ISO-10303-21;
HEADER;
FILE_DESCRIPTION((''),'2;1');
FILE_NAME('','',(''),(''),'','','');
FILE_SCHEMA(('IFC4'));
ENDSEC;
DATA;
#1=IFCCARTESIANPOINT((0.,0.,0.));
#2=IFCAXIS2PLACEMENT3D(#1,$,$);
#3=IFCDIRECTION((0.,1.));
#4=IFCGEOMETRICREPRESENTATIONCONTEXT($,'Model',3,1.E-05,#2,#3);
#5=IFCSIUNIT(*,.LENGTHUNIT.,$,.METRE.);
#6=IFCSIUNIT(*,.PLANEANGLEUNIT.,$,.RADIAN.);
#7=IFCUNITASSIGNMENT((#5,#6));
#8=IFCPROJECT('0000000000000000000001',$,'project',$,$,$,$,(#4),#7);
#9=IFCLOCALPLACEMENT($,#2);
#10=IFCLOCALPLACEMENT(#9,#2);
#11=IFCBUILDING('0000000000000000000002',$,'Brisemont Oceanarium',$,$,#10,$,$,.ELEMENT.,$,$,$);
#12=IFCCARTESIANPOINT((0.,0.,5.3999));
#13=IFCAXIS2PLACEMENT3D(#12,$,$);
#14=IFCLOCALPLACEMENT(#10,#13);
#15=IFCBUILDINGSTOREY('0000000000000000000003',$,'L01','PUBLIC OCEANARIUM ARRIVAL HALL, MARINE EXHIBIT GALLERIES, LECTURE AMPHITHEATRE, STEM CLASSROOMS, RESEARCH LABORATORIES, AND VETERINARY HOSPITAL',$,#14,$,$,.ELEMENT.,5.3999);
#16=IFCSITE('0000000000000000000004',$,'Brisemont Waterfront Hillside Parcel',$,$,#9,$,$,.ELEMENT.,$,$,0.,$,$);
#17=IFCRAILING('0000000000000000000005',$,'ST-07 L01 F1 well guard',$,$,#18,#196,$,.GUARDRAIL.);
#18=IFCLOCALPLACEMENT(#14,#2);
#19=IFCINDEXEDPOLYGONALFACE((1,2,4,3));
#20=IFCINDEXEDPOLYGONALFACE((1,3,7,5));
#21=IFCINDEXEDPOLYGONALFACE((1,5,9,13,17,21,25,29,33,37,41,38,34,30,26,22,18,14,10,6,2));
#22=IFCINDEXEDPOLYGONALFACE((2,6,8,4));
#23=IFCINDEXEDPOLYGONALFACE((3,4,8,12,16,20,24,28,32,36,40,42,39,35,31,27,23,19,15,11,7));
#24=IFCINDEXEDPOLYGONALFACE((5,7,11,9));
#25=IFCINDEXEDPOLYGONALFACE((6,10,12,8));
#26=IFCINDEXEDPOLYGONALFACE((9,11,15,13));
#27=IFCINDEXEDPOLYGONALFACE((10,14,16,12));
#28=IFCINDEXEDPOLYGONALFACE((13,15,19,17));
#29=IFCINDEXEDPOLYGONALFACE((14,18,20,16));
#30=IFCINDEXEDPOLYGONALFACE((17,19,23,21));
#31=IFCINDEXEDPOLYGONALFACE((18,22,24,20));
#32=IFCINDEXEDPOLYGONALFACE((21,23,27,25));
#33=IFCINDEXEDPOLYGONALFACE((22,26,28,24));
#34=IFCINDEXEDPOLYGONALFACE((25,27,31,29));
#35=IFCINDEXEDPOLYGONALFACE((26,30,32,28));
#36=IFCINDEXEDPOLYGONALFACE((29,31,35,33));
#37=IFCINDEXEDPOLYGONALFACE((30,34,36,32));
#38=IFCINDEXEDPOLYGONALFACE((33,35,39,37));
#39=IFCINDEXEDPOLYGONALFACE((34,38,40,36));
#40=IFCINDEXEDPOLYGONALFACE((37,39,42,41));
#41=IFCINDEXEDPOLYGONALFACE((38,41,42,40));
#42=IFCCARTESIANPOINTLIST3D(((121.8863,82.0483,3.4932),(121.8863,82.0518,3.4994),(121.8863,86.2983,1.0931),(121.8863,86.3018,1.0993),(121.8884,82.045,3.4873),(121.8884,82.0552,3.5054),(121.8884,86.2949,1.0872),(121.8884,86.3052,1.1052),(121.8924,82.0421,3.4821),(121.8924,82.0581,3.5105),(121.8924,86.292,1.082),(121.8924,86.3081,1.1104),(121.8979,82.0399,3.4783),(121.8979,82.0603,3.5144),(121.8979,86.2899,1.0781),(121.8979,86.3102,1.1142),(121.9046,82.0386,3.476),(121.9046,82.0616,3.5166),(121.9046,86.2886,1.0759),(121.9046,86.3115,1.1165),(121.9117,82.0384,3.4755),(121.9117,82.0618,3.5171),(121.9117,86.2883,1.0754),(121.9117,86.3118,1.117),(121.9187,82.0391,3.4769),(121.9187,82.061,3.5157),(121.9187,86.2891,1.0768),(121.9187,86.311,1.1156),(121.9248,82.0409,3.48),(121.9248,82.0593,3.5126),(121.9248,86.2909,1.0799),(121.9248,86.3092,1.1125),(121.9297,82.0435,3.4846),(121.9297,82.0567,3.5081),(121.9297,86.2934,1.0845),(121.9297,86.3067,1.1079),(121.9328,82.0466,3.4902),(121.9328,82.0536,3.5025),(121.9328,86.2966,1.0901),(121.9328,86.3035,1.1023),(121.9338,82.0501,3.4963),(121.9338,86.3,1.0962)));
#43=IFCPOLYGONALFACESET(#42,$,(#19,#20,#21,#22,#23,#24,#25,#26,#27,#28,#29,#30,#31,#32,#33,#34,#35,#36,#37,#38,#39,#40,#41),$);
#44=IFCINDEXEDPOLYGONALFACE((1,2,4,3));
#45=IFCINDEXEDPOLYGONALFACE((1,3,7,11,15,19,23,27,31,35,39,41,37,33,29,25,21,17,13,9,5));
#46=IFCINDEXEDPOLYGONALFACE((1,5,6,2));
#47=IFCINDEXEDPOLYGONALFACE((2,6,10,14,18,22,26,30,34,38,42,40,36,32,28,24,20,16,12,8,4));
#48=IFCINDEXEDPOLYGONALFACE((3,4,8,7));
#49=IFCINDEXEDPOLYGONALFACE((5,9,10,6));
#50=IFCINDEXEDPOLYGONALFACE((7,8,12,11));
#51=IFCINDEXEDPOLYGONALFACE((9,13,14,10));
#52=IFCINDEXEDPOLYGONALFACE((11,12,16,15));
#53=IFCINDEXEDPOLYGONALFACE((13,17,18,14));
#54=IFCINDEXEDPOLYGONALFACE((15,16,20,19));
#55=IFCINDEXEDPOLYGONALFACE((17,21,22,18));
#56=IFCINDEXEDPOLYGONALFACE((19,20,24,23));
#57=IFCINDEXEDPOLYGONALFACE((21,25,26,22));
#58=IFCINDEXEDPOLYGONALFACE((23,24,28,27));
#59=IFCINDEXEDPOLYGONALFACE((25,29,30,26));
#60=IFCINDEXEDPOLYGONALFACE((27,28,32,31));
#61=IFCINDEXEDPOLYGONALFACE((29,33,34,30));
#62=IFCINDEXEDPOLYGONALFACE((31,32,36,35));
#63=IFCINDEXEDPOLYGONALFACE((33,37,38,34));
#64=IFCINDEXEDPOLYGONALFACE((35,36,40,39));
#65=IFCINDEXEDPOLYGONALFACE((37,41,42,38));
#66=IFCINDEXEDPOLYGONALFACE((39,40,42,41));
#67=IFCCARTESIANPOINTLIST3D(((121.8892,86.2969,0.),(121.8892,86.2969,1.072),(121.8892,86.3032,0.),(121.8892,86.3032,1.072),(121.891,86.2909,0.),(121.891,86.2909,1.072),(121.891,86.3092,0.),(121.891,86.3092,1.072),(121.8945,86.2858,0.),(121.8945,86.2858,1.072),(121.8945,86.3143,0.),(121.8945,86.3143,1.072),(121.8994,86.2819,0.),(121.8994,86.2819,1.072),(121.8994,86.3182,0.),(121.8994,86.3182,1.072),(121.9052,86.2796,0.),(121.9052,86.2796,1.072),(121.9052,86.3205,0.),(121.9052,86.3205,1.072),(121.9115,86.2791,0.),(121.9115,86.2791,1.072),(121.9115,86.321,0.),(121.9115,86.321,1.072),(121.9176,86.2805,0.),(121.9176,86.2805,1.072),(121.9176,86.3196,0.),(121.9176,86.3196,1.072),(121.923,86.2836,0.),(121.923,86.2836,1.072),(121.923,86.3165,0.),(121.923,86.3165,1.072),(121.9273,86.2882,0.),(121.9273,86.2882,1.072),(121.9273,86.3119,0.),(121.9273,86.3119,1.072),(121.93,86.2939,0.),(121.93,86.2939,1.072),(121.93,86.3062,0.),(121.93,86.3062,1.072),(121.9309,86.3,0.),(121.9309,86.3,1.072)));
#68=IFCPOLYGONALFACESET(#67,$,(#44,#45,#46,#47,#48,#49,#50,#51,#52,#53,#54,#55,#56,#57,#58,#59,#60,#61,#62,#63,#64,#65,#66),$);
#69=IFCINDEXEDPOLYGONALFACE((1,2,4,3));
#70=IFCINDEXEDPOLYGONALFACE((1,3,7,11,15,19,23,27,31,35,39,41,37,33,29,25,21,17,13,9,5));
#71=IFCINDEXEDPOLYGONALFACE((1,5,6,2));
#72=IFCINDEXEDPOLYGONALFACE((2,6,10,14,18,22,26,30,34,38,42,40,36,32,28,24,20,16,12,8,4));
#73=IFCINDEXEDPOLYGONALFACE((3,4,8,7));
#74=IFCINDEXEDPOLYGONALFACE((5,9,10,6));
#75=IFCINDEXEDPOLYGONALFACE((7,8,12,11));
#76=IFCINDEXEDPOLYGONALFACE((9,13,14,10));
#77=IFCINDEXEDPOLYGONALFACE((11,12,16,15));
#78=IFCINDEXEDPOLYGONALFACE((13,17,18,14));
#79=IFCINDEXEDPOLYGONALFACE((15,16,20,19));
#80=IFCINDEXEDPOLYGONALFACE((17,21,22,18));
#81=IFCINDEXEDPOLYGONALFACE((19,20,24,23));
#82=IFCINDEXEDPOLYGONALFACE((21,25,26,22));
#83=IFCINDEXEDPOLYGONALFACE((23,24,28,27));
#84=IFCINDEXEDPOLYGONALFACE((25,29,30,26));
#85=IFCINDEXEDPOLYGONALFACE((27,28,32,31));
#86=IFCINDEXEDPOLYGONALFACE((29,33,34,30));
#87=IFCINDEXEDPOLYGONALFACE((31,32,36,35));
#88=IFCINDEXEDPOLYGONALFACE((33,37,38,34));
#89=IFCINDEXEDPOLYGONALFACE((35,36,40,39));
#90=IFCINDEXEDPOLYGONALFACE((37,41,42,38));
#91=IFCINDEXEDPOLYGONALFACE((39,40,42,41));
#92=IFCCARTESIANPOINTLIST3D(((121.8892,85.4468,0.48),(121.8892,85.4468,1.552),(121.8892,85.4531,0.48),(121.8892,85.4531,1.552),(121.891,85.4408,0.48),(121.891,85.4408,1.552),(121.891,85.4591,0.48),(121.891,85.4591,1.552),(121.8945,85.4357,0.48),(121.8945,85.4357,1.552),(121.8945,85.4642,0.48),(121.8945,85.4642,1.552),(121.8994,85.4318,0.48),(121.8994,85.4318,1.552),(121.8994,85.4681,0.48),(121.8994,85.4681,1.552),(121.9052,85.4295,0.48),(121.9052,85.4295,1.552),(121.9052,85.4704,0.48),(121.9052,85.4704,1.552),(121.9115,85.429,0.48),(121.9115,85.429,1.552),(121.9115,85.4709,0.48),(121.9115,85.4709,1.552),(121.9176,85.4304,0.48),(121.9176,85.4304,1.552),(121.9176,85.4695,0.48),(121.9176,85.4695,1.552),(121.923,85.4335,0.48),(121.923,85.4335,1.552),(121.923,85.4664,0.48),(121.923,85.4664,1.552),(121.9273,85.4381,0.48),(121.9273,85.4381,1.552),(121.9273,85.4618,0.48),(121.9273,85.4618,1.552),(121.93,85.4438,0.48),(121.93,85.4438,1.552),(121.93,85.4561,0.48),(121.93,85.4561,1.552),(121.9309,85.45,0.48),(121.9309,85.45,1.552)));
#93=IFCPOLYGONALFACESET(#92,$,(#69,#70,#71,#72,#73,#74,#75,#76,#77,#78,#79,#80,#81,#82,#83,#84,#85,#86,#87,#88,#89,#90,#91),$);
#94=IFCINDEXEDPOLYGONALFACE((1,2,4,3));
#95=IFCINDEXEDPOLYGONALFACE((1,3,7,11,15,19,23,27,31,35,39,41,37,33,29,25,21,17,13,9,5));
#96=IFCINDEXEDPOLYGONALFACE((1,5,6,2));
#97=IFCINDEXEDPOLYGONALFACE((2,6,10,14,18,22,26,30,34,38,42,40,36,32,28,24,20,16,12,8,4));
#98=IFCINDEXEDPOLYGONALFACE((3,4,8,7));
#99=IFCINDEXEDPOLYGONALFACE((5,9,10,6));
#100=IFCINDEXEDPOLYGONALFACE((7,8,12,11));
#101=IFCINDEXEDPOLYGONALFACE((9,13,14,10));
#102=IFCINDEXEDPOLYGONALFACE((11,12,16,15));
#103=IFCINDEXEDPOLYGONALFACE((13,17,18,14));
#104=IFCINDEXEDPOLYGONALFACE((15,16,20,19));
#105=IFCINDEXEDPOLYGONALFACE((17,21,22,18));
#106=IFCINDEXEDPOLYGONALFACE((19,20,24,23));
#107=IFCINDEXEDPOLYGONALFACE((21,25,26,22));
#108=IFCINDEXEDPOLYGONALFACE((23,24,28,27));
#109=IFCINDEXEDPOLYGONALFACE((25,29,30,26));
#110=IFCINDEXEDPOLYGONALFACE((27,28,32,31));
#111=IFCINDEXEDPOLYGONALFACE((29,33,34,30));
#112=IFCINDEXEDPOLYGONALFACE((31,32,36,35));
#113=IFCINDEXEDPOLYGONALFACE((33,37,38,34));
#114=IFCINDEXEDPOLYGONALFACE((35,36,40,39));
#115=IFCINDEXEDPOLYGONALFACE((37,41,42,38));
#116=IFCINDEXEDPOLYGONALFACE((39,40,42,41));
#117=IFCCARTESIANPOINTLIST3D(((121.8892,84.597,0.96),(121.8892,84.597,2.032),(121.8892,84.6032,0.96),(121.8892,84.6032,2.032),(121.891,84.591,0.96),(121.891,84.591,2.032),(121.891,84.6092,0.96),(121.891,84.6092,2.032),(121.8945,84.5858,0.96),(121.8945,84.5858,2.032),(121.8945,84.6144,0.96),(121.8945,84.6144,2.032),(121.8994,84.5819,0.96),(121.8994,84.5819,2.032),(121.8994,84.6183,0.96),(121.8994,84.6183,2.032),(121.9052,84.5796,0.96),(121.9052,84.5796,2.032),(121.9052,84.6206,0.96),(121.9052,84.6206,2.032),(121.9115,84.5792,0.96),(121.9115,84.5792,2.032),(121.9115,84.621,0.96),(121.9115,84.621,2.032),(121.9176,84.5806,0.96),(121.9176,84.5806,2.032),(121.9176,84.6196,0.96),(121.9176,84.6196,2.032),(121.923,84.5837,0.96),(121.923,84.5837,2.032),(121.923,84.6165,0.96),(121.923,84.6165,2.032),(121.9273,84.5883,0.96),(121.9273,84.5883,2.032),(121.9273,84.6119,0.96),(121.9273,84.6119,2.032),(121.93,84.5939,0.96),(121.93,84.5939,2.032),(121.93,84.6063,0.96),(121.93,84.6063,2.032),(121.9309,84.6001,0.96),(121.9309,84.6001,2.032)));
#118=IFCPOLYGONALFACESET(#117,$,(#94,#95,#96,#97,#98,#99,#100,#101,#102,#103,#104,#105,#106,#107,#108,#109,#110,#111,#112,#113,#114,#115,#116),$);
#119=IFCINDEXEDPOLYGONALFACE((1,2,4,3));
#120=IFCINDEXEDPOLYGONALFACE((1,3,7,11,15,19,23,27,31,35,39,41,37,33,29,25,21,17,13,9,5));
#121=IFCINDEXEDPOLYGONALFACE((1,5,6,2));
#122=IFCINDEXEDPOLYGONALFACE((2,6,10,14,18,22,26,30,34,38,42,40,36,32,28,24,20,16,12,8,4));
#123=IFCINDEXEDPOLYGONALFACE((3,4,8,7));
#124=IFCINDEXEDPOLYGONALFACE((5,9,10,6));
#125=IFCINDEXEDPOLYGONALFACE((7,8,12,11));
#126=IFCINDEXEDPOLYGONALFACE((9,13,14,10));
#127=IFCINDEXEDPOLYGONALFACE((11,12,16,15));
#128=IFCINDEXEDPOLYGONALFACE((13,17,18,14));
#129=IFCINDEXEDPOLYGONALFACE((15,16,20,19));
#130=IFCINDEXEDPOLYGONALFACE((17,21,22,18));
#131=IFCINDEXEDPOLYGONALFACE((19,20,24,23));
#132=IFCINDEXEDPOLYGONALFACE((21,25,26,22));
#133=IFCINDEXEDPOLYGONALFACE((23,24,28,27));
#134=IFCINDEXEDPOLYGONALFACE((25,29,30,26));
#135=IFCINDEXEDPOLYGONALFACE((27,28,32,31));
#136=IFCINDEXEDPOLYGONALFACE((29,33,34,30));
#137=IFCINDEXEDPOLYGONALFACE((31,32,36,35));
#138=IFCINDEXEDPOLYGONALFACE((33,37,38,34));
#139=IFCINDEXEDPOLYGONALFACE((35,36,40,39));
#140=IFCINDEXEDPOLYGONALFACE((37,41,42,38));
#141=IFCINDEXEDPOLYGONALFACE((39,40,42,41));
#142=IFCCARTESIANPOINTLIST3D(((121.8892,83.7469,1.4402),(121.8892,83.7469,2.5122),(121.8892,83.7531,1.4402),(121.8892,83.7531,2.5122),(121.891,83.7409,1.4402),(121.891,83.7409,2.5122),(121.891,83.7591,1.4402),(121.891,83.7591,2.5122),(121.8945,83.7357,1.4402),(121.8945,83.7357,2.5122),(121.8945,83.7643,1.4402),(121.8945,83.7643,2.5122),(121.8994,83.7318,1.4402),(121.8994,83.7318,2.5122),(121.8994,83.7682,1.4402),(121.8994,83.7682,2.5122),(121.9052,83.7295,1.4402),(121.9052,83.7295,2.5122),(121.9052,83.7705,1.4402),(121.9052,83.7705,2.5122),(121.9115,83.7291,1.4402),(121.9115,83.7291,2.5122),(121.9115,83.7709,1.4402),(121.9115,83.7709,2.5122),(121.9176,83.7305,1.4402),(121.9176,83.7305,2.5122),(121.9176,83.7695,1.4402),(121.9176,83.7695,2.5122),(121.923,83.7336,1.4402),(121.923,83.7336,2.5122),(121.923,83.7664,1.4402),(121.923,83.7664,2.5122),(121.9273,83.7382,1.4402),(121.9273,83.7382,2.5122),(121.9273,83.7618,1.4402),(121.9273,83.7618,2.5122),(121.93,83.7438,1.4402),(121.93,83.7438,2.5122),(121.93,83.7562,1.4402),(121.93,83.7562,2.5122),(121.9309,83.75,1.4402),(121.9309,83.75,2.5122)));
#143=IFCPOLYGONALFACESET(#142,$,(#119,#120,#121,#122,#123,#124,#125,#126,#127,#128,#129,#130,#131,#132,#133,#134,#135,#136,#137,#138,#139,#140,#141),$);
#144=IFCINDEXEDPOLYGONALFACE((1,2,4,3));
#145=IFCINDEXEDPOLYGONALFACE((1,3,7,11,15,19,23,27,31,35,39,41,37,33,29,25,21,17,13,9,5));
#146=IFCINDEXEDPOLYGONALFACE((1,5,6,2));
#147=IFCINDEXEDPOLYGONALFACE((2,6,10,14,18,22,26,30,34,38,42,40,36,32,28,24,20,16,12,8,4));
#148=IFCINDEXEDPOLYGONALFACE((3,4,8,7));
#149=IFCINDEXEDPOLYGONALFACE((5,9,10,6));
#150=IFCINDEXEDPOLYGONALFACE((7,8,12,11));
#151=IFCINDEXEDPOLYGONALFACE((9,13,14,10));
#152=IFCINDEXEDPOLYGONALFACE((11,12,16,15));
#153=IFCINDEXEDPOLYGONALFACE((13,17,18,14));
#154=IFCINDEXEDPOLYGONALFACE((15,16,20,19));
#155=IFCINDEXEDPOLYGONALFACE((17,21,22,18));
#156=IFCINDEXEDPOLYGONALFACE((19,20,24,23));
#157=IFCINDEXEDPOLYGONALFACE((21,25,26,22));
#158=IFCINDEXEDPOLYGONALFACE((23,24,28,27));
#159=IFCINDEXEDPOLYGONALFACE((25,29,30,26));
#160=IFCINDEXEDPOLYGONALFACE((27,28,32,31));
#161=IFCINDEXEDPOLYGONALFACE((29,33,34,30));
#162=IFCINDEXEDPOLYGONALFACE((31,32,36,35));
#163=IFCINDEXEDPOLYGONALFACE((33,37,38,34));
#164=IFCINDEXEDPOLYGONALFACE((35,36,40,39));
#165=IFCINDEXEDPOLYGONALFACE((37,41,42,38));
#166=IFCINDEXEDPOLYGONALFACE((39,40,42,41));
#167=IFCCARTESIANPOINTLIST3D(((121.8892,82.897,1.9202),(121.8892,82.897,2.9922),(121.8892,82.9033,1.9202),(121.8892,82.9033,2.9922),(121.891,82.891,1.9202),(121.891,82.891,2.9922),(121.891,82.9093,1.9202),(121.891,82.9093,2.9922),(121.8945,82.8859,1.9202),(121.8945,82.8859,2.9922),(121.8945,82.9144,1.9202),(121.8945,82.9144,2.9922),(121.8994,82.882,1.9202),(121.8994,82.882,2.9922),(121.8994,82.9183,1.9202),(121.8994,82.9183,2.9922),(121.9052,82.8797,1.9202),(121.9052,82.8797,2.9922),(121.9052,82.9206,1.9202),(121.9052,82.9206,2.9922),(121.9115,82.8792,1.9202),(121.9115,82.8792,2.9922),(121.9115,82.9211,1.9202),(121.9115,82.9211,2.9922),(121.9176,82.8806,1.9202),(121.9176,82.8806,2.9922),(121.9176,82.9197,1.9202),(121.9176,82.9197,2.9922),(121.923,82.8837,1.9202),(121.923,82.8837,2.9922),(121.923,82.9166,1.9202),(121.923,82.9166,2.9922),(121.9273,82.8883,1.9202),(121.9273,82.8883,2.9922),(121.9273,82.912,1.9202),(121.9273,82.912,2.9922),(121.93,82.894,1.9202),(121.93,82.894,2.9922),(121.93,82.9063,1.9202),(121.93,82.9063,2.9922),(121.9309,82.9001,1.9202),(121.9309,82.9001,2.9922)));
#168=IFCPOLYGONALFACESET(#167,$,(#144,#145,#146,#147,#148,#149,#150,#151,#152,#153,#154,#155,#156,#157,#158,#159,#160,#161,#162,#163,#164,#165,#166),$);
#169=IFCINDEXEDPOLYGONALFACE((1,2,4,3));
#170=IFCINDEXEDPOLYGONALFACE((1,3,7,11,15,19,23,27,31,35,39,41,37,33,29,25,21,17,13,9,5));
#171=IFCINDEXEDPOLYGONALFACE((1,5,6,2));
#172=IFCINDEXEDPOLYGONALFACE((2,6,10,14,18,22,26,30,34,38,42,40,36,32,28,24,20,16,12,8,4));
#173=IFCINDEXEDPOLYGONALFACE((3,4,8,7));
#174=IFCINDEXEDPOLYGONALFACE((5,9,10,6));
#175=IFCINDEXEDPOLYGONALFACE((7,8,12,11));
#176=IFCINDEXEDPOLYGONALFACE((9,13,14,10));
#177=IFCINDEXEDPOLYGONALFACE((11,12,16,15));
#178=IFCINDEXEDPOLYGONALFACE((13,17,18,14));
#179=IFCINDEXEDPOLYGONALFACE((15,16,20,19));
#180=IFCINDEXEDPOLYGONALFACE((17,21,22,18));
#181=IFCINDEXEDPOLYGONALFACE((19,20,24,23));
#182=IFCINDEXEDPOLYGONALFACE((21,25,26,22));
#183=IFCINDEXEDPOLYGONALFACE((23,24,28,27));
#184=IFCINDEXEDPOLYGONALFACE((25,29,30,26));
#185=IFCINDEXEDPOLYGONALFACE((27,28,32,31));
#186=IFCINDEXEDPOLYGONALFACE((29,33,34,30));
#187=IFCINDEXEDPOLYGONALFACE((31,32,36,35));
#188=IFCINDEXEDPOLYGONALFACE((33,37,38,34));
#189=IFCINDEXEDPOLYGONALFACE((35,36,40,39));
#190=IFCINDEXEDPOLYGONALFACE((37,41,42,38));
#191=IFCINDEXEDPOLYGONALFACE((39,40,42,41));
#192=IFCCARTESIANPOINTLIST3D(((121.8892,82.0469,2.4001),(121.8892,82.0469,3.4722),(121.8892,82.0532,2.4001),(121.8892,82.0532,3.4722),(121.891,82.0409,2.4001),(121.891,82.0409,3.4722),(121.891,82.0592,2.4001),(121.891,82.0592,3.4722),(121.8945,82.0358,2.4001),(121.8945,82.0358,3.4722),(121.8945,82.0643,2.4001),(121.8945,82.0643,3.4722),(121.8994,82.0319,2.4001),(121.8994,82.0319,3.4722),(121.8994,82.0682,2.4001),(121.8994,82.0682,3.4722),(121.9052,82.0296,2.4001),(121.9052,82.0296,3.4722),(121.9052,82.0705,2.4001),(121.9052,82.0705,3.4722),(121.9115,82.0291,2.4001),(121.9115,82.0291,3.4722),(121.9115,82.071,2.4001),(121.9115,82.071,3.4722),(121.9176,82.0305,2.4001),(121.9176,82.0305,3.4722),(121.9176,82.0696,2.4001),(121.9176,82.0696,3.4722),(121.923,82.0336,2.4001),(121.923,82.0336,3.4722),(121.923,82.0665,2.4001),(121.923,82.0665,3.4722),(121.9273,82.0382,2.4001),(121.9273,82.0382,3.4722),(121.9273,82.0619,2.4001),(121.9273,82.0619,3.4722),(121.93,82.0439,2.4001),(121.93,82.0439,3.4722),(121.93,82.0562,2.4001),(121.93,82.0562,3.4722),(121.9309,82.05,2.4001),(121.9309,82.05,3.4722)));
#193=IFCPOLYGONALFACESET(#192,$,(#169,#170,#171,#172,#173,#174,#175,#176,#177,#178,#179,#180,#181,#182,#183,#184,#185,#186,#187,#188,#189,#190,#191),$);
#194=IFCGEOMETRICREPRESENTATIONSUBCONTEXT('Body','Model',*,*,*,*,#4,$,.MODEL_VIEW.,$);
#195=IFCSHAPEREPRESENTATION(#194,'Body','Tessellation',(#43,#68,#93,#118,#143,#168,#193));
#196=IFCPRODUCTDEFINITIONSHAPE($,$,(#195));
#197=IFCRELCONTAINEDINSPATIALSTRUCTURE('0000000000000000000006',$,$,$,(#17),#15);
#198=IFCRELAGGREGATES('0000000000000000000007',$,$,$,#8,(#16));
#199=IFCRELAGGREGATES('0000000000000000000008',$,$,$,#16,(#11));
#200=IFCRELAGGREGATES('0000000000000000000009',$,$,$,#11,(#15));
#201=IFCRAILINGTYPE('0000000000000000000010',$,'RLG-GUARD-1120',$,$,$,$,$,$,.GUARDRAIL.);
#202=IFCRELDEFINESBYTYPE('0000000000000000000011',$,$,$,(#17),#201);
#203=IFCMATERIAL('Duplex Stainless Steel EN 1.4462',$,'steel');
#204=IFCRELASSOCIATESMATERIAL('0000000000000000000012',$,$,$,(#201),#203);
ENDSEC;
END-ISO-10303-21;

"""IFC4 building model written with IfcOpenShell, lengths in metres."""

from ifc_helpers import new_model, si_unit, direction, frame, origin, origin_2d, place, context, subcontext, project, spatial, circle, extrude, material, type_object, element, save


model = new_model("IFC4")

# Units and contexts
model_context = context("Model", 3, precision=1e-05, world=origin(), true_north=direction((0.0, 1.0)))
body_context = subcontext(model_context, "Body", "Model", "MODEL_VIEW")
ifc_project = project(units=[si_unit("LENGTHUNIT", "METRE"), si_unit("PLANEANGLEUNIT", "RADIAN")], contexts=[model_context])

# Site, building, storey
site_placement = place(None, origin())
site = spatial("IfcSite", under=ifc_project, at=site_placement, Name="Brisemont Waterfront Hillside Parcel", CompositionType="ELEMENT", RefElevation=0.0)
building_placement = place(site_placement, origin())
building = spatial("IfcBuilding", under=site, at=building_placement, Name="Brisemont Oceanarium", CompositionType="ELEMENT")
storey_placement = place(building_placement, frame((0.0, 0.0, 5.3999)))
storey = spatial("IfcBuildingStorey", under=building, at=storey_placement, Name="L01", Description="PUBLIC OCEANARIUM ARRIVAL HALL, MARINE EXHIBIT GALLERIES, LECTURE AMPHITHEATRE, STEM CLASSROOMS, RESEARCH LABORATORIES, AND VETERINARY HOSPITAL", CompositionType="ELEMENT", Elevation=5.3999)

# Railing
ifc_material_1 = material(Name="Duplex Stainless Steel EN 1.4462", Category="steel")
railing_type_1 = type_object("IfcRailingType", Name="RLG-GUARD-1120", PredefinedType="GUARDRAIL", material=ifc_material_1)
railing_1_placement = place(storey_placement, frame((121.9099, 86.3, 0.0)))
element("IfcRailing", 1, at=railing_1_placement, inside=storey, type_object=railing_type_1, Name="ST-07 L01 F1 well guard", PredefinedType="GUARDRAIL", context=body_context, shape_type="SweptSolid", body=[
    extrude(circle(Radius=0.0239, at=origin_2d()), frame((0.0, 0.0, 1.0962), z_axis=(0.0, -0.870741, 0.491742), x_axis=(1.0, 0.0, 0.0)), (0.0, 0.0, 1.0), 4.8809),
    extrude(circle(Radius=0.021, at=origin_2d()), origin(), (0.0, 0.0, 1.0), 1.072),
    extrude(circle(Radius=0.021, at=origin_2d()), frame((0.0, -0.8501, 0.48)), (0.0, 0.0, 1.0), 1.072),
    extrude(circle(Radius=0.021, at=origin_2d()), frame((0.0, -1.7, 0.96)), (0.0, 0.0, 1.0), 1.072),
    extrude(circle(Radius=0.021, at=origin_2d()), frame((0.0, -2.55, 1.4402)), (0.0, 0.0, 1.0), 1.072),
    extrude(circle(Radius=0.021, at=origin_2d()), frame((0.0, -3.3999, 1.9202)), (0.0, 0.0, 1.0), 1.072),
    extrude(circle(Radius=0.021, at=origin_2d()), frame((0.0, -4.25, 2.4001)), (0.0, 0.0, 1.0), 1.072),
])

save(model, "model.ifc")
